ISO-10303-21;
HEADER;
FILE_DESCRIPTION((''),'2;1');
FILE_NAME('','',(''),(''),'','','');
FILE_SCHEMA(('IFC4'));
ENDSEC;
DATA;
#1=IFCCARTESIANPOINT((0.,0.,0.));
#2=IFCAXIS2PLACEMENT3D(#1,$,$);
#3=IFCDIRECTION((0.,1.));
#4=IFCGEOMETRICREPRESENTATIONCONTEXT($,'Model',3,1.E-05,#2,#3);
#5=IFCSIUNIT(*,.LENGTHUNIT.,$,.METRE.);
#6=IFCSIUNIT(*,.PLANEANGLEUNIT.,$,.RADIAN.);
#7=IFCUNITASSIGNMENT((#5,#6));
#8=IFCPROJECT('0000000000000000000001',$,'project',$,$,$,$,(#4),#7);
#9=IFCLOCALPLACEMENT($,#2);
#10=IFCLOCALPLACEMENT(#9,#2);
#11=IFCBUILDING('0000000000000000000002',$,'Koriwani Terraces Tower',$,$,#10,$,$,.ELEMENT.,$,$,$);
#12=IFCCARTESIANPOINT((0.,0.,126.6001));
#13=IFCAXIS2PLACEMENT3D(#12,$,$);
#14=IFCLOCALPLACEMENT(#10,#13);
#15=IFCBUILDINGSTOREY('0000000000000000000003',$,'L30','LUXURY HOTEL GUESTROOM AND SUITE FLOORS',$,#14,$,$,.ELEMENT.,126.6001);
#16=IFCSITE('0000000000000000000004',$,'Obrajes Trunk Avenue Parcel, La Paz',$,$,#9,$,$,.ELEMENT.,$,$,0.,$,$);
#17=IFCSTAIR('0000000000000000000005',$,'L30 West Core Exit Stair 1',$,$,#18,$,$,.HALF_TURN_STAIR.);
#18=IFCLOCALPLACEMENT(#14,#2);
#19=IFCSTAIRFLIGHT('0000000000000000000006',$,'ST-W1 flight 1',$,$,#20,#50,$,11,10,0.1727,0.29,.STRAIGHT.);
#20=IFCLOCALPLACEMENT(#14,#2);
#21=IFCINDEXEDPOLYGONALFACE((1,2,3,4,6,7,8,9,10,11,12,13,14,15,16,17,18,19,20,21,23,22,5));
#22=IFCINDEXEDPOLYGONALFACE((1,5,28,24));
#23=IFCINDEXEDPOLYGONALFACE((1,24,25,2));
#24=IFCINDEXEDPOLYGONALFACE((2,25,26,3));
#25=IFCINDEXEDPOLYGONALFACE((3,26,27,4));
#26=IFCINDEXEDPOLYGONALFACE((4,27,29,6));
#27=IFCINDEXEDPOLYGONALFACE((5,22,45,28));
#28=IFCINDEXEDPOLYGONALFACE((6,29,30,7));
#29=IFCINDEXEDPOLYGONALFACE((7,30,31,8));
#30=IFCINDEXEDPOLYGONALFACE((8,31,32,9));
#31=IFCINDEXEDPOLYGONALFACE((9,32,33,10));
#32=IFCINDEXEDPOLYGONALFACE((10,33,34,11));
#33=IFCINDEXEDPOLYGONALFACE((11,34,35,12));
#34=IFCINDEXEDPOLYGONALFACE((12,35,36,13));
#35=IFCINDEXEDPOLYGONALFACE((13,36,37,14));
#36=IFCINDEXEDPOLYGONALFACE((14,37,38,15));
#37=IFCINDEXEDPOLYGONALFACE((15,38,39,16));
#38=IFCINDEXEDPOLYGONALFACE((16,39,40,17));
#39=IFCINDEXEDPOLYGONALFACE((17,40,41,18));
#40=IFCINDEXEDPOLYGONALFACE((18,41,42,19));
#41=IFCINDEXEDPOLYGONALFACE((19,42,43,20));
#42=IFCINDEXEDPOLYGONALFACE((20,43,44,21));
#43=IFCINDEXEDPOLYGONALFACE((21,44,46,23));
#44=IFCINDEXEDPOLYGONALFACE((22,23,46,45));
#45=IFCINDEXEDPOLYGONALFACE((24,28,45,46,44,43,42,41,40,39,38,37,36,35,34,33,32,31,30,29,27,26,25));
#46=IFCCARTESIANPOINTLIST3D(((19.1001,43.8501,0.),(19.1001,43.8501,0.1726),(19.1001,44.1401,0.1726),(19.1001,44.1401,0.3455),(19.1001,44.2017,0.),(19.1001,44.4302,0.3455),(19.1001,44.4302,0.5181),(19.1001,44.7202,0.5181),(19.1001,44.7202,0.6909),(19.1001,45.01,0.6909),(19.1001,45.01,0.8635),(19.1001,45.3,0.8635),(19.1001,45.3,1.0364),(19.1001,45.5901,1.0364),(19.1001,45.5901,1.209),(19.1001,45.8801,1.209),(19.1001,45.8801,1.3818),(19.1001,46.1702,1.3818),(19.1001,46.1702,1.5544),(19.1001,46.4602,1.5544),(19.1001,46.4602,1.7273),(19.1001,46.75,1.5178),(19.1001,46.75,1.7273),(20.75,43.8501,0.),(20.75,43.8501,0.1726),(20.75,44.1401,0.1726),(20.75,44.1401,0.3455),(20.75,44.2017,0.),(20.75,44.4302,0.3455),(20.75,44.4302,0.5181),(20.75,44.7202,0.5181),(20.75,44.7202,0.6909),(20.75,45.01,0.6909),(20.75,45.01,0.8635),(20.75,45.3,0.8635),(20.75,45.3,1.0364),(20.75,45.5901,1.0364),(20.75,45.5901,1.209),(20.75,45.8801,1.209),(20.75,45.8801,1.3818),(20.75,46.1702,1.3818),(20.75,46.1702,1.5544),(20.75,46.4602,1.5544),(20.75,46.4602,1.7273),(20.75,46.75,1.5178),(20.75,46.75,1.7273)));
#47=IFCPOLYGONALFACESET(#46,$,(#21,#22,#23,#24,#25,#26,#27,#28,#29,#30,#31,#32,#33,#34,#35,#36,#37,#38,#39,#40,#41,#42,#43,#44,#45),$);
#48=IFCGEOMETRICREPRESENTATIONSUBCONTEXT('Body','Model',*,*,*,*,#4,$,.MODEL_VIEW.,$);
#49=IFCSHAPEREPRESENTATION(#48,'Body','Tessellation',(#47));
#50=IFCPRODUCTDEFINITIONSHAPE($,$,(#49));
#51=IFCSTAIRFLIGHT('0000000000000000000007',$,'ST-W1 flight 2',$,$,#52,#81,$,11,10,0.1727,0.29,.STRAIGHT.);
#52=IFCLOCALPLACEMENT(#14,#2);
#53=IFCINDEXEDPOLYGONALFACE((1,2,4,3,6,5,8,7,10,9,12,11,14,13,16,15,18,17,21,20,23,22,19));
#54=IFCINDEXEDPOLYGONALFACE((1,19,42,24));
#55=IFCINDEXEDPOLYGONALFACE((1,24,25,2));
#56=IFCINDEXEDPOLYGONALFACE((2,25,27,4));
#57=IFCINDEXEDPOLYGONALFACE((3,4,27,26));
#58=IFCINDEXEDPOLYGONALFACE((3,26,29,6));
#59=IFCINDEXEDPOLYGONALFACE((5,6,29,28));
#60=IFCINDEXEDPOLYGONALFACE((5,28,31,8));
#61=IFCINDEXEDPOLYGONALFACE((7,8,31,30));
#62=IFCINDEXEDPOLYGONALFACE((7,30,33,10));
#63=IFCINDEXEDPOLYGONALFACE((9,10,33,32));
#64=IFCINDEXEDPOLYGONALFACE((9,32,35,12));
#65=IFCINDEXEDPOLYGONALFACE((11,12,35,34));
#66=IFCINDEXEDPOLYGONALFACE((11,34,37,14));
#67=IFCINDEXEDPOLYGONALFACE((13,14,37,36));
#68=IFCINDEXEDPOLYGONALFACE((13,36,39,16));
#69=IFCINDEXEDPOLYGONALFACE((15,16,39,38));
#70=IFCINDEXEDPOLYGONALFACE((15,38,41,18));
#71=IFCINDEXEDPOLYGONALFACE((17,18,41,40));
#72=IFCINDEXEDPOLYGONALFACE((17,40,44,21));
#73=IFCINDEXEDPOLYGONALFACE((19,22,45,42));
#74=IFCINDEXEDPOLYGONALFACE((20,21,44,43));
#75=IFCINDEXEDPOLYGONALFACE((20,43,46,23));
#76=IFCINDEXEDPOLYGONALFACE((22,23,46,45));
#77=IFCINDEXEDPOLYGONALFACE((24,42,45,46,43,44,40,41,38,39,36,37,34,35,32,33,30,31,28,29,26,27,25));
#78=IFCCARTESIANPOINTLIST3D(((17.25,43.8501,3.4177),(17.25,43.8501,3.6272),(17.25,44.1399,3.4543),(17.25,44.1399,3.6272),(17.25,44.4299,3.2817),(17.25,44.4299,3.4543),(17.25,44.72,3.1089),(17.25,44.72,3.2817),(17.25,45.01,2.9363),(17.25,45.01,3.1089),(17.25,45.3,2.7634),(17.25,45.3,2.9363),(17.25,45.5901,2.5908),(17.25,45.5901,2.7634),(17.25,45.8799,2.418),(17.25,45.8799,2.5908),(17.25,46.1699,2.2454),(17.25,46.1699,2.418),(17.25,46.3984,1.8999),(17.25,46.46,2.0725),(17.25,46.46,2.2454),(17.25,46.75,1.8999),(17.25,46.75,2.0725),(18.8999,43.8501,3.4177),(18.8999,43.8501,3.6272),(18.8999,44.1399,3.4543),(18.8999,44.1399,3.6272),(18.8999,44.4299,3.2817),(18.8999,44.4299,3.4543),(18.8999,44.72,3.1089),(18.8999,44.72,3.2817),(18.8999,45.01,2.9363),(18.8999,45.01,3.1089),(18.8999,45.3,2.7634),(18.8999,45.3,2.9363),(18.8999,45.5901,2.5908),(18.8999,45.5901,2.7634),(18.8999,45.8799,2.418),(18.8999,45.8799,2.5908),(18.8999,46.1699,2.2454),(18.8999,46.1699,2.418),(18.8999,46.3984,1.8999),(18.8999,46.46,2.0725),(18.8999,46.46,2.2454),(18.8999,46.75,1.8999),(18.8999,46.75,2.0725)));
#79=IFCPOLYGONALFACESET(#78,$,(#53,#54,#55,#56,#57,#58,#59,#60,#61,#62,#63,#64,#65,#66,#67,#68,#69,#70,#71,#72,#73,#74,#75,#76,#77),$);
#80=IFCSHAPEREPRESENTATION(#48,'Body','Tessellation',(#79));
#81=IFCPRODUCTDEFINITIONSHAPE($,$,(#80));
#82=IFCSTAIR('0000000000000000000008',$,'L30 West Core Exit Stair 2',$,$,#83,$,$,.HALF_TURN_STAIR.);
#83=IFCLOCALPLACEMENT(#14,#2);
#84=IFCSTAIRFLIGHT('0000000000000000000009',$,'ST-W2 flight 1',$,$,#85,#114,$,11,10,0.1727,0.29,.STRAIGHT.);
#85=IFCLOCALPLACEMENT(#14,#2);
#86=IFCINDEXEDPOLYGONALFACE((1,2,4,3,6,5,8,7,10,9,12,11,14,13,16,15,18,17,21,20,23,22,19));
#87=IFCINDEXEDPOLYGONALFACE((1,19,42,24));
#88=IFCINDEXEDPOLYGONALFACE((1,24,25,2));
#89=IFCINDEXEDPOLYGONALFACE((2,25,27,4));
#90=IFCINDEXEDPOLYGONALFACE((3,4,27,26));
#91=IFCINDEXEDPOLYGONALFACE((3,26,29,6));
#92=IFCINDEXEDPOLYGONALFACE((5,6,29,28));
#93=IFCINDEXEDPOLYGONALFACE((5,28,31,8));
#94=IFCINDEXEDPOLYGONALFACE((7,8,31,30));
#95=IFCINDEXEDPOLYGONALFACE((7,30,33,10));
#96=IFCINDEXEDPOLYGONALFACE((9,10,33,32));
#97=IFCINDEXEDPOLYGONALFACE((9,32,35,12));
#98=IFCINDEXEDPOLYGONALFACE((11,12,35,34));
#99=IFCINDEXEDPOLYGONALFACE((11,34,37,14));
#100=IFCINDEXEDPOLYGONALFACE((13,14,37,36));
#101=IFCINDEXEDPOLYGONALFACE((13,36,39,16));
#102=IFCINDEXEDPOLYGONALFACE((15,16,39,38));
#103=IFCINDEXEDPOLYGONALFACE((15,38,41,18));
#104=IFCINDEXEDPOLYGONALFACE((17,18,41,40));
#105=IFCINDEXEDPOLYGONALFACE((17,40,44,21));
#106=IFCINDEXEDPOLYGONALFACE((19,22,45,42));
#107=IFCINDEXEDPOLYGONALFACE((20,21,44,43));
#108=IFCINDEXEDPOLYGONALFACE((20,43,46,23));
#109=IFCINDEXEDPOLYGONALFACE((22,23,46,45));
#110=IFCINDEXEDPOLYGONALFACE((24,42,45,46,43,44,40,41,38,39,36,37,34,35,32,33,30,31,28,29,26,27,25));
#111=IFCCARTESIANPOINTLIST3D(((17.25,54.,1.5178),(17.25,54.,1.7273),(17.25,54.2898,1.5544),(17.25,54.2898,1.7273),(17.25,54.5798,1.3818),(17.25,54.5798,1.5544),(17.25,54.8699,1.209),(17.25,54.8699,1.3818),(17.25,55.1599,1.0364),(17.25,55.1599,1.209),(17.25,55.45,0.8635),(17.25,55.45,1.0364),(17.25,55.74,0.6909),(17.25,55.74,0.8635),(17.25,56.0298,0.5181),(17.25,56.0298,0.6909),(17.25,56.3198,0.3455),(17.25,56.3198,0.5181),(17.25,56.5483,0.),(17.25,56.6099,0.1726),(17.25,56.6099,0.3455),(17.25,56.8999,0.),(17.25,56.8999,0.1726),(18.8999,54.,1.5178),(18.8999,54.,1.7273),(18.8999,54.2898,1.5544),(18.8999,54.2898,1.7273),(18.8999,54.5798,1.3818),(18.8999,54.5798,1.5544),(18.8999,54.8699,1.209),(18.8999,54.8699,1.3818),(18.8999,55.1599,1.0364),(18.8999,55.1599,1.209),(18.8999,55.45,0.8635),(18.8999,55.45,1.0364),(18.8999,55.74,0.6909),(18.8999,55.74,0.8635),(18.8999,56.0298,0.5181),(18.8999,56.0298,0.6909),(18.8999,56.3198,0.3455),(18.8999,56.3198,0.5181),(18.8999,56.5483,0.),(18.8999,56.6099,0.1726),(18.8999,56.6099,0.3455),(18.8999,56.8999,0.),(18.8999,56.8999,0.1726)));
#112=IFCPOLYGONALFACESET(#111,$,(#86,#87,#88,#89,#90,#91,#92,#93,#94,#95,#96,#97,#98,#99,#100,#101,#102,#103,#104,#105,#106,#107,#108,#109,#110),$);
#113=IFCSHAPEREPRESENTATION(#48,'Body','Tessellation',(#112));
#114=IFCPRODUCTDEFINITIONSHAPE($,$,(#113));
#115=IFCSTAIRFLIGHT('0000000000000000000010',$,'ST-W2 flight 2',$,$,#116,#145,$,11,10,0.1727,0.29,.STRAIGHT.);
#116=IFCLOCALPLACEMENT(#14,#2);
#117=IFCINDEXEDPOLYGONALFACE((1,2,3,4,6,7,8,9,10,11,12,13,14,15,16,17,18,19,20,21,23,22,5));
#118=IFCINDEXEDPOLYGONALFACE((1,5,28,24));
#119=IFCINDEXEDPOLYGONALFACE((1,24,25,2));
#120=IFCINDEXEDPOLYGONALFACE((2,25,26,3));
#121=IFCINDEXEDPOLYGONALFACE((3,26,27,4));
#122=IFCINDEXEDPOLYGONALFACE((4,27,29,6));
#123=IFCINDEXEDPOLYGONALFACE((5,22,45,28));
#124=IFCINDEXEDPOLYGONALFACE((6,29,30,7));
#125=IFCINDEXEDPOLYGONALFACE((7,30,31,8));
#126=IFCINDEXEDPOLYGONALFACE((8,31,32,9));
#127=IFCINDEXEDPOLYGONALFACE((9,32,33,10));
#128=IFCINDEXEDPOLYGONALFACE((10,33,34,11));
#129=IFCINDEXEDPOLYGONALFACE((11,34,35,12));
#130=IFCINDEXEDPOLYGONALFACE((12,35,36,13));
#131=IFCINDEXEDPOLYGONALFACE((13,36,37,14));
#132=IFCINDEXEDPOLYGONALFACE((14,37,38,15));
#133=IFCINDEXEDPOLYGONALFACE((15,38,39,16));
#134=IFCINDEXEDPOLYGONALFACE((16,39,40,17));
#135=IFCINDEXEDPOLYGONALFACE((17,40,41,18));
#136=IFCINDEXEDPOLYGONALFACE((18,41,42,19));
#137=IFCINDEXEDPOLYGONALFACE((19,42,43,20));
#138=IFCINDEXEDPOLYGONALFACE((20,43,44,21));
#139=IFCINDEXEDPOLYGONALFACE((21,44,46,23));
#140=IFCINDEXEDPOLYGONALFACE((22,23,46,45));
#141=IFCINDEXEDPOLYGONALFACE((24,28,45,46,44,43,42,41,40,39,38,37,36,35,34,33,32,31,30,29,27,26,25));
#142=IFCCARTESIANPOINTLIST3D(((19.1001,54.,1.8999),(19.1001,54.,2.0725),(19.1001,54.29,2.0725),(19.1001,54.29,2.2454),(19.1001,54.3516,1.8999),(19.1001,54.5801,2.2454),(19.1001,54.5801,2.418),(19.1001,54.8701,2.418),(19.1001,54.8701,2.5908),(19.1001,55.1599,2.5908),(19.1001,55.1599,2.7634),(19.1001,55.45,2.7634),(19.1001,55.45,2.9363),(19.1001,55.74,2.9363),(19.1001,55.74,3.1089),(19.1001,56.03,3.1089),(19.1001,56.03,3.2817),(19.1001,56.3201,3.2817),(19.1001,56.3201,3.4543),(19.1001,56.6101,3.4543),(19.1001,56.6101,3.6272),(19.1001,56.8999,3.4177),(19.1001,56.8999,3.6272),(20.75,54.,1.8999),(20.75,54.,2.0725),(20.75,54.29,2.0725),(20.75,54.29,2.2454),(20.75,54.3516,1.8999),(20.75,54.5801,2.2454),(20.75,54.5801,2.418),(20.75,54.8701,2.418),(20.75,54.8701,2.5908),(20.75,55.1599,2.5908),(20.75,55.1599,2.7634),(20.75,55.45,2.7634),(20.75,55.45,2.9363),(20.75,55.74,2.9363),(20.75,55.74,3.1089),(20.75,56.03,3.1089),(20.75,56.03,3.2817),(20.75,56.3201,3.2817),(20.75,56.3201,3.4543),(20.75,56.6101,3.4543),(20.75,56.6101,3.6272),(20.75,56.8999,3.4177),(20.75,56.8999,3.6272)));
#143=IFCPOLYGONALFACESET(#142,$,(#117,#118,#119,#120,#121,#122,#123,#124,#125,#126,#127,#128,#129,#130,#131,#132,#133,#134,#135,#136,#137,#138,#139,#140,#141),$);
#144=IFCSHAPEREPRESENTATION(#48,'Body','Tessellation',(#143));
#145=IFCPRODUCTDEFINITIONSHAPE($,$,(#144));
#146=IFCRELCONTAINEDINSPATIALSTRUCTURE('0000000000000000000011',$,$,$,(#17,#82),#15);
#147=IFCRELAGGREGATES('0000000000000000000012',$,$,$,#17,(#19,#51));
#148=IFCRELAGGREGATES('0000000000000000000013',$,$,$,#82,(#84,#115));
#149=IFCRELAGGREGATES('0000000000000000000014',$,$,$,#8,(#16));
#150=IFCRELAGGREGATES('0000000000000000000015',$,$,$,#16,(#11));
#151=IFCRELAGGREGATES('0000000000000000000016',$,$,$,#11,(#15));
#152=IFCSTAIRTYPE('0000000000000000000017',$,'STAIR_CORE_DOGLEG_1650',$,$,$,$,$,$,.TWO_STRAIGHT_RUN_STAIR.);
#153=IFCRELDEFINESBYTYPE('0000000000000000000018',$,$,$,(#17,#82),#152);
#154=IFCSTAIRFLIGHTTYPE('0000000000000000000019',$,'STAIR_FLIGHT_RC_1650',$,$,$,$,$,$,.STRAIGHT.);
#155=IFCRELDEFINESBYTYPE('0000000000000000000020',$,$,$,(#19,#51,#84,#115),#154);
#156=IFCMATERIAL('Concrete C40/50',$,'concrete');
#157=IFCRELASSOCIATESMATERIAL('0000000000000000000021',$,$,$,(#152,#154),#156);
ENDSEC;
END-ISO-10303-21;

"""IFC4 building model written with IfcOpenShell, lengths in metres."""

from ifc_helpers import new_model, si_unit, direction, frame, origin, place, context, subcontext, project, spatial, polyline, outline, extrude, material, type_object, element, aggregate, save


model = new_model("IFC4")

# Units and contexts
model_context = context("Model", 3, precision=1e-05, world=origin(), true_north=direction((0.0, 1.0)))
body_context = subcontext(model_context, "Body", "Model", "MODEL_VIEW")
ifc_project = project(units=[si_unit("LENGTHUNIT", "METRE"), si_unit("PLANEANGLEUNIT", "RADIAN")], contexts=[model_context])

# Site, building, storey
site_placement = place(None, origin())
site = spatial("IfcSite", under=ifc_project, at=site_placement, Name="Obrajes Trunk Avenue Parcel, La Paz", CompositionType="ELEMENT", RefElevation=0.0)
building_placement = place(site_placement, origin())
building = spatial("IfcBuilding", under=site, at=building_placement, Name="Koriwani Terraces Tower", CompositionType="ELEMENT")
storey_placement = place(building_placement, frame((0.0, 0.0, 126.6001)))
storey = spatial("IfcBuildingStorey", under=building, at=storey_placement, Name="L30", Description="LUXURY HOTEL GUESTROOM AND SUITE FLOORS", CompositionType="ELEMENT", Elevation=126.6001)

# Shared definitions
ifc_material_1 = material(Name="Concrete C40/50", Category="concrete")

# Stairs, stair flights
stair_type = type_object("IfcStairType", Name="STAIR_CORE_DOGLEG_1650", PredefinedType="TWO_STRAIGHT_RUN_STAIR", material=ifc_material_1)
stair_1_placement = place(storey_placement, origin())
stair_1 = element("IfcStair", 1, at=stair_1_placement, inside=storey, type_object=stair_type, Name="L30 West Core Exit Stair 1", PredefinedType="HALF_TURN_STAIR")
stair_flight_type = type_object("IfcStairFlightType", Name="STAIR_FLIGHT_RC_1650", PredefinedType="STRAIGHT", material=ifc_material_1)
stair_flight_1_placement = place(storey_placement, frame((19.925, 43.8501, 0.0), z_axis=(0.0, 0.0, 1.0), x_axis=(0.0, 1.0, 0.0)))
stair_flight_1 = element("IfcStairFlight", 2, at=stair_flight_1_placement, type_object=stair_flight_type, Name="ST-W1 flight 1", NumberOfRisers=11, NumberOfTreads=10, PredefinedType="STRAIGHT", RiserHeight=0.1727, TreadLength=0.29, context=body_context, shape_type="SweptSolid", body=[
    extrude(outline(polyline([(0.0, 0.0), (0.0, 0.1726), (0.29, 0.1726), (0.29, 0.3455), (0.5801, 0.3455), (0.5801, 0.5181), (0.8701, 0.5181), (0.8701, 0.6909), (1.1599, 0.6909), (1.1599, 0.8635), (1.45, 0.8635), (1.45, 1.0364), (1.74, 1.0364), (1.74, 1.209), (2.03, 1.209), (2.03, 1.3818), (2.3201, 1.3818), (2.3201, 1.5544), (2.6101, 1.5544), (2.6101, 1.7273), (2.8999, 1.7273), (2.8999, 1.8999), (2.8999, 1.5178), (0.3516, 0.0), (0.0, 0.0)])), frame((0.0, 0.825, 0.0), z_axis=(0.0, -1.0, 0.0), x_axis=(1.0, 0.0, 0.0)), (0.0, 0.0, 1.0), 1.6499),
])
stair_flight_2_placement = place(storey_placement, frame((18.075, 46.75, 1.8999), z_axis=(0.0, 0.0, 1.0), x_axis=(0.0, -1.0, 0.0)))
stair_flight_2 = element("IfcStairFlight", 3, at=stair_flight_2_placement, type_object=stair_flight_type, Name="ST-W1 flight 2", NumberOfRisers=11, NumberOfTreads=10, PredefinedType="STRAIGHT", RiserHeight=0.1727, TreadLength=0.29, context=body_context, shape_type="SweptSolid", body=[
    extrude(outline(polyline([(0.0, 0.0), (0.0, 0.1726), (0.29, 0.1726), (0.29, 0.3455), (0.5801, 0.3455), (0.5801, 0.5181), (0.8701, 0.5181), (0.8701, 0.6909), (1.1599, 0.6909), (1.1599, 0.8635), (1.45, 0.8635), (1.45, 1.0364), (1.74, 1.0364), (1.74, 1.209), (2.03, 1.209), (2.03, 1.3818), (2.3201, 1.3818), (2.3201, 1.5544), (2.6101, 1.5544), (2.6101, 1.7273), (2.8999, 1.7273), (2.8999, 1.8999), (2.8999, 1.5178), (0.3516, 0.0), (0.0, 0.0)])), frame((0.0, 0.825, 0.0), z_axis=(0.0, -1.0, 0.0), x_axis=(1.0, 0.0, 0.0)), (0.0, 0.0, 1.0), 1.6499),
])
aggregate(stair_1, [stair_flight_1, stair_flight_2])
stair_2_placement = place(storey_placement, origin())
stair_2 = element("IfcStair", 4, at=stair_2_placement, inside=storey, type_object=stair_type, Name="L30 West Core Exit Stair 2", PredefinedType="HALF_TURN_STAIR")
stair_flight_3_placement = place(storey_placement, frame((18.075, 56.8999, 0.0), z_axis=(0.0, 0.0, 1.0), x_axis=(0.0, -1.0, 0.0)))
stair_flight_3 = element("IfcStairFlight", 5, at=stair_flight_3_placement, type_object=stair_flight_type, Name="ST-W2 flight 1", NumberOfRisers=11, NumberOfTreads=10, PredefinedType="STRAIGHT", RiserHeight=0.1727, TreadLength=0.29, context=body_context, shape_type="SweptSolid", body=[
    extrude(outline(polyline([(0.0, 0.0), (0.0, 0.1726), (0.29, 0.1726), (0.29, 0.3455), (0.5801, 0.3455), (0.5801, 0.5181), (0.8701, 0.5181), (0.8701, 0.6909), (1.1599, 0.6909), (1.1599, 0.8635), (1.45, 0.8635), (1.45, 1.0364), (1.74, 1.0364), (1.74, 1.209), (2.03, 1.209), (2.03, 1.3818), (2.3201, 1.3818), (2.3201, 1.5544), (2.6101, 1.5544), (2.6101, 1.7273), (2.8999, 1.7273), (2.8999, 1.8999), (2.8999, 1.5178), (0.3516, 0.0), (0.0, 0.0)])), frame((0.0, 0.825, 0.0), z_axis=(0.0, -1.0, 0.0), x_axis=(1.0, 0.0, 0.0)), (0.0, 0.0, 1.0), 1.6499),
])
stair_flight_4_placement = place(storey_placement, frame((19.925, 54.0, 1.8999), z_axis=(0.0, 0.0, 1.0), x_axis=(0.0, 1.0, 0.0)))
stair_flight_4 = element("IfcStairFlight", 6, at=stair_flight_4_placement, type_object=stair_flight_type, Name="ST-W2 flight 2", NumberOfRisers=11, NumberOfTreads=10, PredefinedType="STRAIGHT", RiserHeight=0.1727, TreadLength=0.29, context=body_context, shape_type="SweptSolid", body=[
    extrude(outline(polyline([(0.0, 0.0), (0.0, 0.1726), (0.29, 0.1726), (0.29, 0.3455), (0.5801, 0.3455), (0.5801, 0.5181), (0.8701, 0.5181), (0.8701, 0.6909), (1.1599, 0.6909), (1.1599, 0.8635), (1.45, 0.8635), (1.45, 1.0364), (1.74, 1.0364), (1.74, 1.209), (2.03, 1.209), (2.03, 1.3818), (2.3201, 1.3818), (2.3201, 1.5544), (2.6101, 1.5544), (2.6101, 1.7273), (2.8999, 1.7273), (2.8999, 1.8999), (2.8999, 1.5178), (0.3516, 0.0), (0.0, 0.0)])), frame((0.0, 0.825, 0.0), z_axis=(0.0, -1.0, 0.0), x_axis=(1.0, 0.0, 0.0)), (0.0, 0.0, 1.0), 1.6499),
])
aggregate(stair_2, [stair_flight_3, stair_flight_4])

save(model, "model.ifc")
